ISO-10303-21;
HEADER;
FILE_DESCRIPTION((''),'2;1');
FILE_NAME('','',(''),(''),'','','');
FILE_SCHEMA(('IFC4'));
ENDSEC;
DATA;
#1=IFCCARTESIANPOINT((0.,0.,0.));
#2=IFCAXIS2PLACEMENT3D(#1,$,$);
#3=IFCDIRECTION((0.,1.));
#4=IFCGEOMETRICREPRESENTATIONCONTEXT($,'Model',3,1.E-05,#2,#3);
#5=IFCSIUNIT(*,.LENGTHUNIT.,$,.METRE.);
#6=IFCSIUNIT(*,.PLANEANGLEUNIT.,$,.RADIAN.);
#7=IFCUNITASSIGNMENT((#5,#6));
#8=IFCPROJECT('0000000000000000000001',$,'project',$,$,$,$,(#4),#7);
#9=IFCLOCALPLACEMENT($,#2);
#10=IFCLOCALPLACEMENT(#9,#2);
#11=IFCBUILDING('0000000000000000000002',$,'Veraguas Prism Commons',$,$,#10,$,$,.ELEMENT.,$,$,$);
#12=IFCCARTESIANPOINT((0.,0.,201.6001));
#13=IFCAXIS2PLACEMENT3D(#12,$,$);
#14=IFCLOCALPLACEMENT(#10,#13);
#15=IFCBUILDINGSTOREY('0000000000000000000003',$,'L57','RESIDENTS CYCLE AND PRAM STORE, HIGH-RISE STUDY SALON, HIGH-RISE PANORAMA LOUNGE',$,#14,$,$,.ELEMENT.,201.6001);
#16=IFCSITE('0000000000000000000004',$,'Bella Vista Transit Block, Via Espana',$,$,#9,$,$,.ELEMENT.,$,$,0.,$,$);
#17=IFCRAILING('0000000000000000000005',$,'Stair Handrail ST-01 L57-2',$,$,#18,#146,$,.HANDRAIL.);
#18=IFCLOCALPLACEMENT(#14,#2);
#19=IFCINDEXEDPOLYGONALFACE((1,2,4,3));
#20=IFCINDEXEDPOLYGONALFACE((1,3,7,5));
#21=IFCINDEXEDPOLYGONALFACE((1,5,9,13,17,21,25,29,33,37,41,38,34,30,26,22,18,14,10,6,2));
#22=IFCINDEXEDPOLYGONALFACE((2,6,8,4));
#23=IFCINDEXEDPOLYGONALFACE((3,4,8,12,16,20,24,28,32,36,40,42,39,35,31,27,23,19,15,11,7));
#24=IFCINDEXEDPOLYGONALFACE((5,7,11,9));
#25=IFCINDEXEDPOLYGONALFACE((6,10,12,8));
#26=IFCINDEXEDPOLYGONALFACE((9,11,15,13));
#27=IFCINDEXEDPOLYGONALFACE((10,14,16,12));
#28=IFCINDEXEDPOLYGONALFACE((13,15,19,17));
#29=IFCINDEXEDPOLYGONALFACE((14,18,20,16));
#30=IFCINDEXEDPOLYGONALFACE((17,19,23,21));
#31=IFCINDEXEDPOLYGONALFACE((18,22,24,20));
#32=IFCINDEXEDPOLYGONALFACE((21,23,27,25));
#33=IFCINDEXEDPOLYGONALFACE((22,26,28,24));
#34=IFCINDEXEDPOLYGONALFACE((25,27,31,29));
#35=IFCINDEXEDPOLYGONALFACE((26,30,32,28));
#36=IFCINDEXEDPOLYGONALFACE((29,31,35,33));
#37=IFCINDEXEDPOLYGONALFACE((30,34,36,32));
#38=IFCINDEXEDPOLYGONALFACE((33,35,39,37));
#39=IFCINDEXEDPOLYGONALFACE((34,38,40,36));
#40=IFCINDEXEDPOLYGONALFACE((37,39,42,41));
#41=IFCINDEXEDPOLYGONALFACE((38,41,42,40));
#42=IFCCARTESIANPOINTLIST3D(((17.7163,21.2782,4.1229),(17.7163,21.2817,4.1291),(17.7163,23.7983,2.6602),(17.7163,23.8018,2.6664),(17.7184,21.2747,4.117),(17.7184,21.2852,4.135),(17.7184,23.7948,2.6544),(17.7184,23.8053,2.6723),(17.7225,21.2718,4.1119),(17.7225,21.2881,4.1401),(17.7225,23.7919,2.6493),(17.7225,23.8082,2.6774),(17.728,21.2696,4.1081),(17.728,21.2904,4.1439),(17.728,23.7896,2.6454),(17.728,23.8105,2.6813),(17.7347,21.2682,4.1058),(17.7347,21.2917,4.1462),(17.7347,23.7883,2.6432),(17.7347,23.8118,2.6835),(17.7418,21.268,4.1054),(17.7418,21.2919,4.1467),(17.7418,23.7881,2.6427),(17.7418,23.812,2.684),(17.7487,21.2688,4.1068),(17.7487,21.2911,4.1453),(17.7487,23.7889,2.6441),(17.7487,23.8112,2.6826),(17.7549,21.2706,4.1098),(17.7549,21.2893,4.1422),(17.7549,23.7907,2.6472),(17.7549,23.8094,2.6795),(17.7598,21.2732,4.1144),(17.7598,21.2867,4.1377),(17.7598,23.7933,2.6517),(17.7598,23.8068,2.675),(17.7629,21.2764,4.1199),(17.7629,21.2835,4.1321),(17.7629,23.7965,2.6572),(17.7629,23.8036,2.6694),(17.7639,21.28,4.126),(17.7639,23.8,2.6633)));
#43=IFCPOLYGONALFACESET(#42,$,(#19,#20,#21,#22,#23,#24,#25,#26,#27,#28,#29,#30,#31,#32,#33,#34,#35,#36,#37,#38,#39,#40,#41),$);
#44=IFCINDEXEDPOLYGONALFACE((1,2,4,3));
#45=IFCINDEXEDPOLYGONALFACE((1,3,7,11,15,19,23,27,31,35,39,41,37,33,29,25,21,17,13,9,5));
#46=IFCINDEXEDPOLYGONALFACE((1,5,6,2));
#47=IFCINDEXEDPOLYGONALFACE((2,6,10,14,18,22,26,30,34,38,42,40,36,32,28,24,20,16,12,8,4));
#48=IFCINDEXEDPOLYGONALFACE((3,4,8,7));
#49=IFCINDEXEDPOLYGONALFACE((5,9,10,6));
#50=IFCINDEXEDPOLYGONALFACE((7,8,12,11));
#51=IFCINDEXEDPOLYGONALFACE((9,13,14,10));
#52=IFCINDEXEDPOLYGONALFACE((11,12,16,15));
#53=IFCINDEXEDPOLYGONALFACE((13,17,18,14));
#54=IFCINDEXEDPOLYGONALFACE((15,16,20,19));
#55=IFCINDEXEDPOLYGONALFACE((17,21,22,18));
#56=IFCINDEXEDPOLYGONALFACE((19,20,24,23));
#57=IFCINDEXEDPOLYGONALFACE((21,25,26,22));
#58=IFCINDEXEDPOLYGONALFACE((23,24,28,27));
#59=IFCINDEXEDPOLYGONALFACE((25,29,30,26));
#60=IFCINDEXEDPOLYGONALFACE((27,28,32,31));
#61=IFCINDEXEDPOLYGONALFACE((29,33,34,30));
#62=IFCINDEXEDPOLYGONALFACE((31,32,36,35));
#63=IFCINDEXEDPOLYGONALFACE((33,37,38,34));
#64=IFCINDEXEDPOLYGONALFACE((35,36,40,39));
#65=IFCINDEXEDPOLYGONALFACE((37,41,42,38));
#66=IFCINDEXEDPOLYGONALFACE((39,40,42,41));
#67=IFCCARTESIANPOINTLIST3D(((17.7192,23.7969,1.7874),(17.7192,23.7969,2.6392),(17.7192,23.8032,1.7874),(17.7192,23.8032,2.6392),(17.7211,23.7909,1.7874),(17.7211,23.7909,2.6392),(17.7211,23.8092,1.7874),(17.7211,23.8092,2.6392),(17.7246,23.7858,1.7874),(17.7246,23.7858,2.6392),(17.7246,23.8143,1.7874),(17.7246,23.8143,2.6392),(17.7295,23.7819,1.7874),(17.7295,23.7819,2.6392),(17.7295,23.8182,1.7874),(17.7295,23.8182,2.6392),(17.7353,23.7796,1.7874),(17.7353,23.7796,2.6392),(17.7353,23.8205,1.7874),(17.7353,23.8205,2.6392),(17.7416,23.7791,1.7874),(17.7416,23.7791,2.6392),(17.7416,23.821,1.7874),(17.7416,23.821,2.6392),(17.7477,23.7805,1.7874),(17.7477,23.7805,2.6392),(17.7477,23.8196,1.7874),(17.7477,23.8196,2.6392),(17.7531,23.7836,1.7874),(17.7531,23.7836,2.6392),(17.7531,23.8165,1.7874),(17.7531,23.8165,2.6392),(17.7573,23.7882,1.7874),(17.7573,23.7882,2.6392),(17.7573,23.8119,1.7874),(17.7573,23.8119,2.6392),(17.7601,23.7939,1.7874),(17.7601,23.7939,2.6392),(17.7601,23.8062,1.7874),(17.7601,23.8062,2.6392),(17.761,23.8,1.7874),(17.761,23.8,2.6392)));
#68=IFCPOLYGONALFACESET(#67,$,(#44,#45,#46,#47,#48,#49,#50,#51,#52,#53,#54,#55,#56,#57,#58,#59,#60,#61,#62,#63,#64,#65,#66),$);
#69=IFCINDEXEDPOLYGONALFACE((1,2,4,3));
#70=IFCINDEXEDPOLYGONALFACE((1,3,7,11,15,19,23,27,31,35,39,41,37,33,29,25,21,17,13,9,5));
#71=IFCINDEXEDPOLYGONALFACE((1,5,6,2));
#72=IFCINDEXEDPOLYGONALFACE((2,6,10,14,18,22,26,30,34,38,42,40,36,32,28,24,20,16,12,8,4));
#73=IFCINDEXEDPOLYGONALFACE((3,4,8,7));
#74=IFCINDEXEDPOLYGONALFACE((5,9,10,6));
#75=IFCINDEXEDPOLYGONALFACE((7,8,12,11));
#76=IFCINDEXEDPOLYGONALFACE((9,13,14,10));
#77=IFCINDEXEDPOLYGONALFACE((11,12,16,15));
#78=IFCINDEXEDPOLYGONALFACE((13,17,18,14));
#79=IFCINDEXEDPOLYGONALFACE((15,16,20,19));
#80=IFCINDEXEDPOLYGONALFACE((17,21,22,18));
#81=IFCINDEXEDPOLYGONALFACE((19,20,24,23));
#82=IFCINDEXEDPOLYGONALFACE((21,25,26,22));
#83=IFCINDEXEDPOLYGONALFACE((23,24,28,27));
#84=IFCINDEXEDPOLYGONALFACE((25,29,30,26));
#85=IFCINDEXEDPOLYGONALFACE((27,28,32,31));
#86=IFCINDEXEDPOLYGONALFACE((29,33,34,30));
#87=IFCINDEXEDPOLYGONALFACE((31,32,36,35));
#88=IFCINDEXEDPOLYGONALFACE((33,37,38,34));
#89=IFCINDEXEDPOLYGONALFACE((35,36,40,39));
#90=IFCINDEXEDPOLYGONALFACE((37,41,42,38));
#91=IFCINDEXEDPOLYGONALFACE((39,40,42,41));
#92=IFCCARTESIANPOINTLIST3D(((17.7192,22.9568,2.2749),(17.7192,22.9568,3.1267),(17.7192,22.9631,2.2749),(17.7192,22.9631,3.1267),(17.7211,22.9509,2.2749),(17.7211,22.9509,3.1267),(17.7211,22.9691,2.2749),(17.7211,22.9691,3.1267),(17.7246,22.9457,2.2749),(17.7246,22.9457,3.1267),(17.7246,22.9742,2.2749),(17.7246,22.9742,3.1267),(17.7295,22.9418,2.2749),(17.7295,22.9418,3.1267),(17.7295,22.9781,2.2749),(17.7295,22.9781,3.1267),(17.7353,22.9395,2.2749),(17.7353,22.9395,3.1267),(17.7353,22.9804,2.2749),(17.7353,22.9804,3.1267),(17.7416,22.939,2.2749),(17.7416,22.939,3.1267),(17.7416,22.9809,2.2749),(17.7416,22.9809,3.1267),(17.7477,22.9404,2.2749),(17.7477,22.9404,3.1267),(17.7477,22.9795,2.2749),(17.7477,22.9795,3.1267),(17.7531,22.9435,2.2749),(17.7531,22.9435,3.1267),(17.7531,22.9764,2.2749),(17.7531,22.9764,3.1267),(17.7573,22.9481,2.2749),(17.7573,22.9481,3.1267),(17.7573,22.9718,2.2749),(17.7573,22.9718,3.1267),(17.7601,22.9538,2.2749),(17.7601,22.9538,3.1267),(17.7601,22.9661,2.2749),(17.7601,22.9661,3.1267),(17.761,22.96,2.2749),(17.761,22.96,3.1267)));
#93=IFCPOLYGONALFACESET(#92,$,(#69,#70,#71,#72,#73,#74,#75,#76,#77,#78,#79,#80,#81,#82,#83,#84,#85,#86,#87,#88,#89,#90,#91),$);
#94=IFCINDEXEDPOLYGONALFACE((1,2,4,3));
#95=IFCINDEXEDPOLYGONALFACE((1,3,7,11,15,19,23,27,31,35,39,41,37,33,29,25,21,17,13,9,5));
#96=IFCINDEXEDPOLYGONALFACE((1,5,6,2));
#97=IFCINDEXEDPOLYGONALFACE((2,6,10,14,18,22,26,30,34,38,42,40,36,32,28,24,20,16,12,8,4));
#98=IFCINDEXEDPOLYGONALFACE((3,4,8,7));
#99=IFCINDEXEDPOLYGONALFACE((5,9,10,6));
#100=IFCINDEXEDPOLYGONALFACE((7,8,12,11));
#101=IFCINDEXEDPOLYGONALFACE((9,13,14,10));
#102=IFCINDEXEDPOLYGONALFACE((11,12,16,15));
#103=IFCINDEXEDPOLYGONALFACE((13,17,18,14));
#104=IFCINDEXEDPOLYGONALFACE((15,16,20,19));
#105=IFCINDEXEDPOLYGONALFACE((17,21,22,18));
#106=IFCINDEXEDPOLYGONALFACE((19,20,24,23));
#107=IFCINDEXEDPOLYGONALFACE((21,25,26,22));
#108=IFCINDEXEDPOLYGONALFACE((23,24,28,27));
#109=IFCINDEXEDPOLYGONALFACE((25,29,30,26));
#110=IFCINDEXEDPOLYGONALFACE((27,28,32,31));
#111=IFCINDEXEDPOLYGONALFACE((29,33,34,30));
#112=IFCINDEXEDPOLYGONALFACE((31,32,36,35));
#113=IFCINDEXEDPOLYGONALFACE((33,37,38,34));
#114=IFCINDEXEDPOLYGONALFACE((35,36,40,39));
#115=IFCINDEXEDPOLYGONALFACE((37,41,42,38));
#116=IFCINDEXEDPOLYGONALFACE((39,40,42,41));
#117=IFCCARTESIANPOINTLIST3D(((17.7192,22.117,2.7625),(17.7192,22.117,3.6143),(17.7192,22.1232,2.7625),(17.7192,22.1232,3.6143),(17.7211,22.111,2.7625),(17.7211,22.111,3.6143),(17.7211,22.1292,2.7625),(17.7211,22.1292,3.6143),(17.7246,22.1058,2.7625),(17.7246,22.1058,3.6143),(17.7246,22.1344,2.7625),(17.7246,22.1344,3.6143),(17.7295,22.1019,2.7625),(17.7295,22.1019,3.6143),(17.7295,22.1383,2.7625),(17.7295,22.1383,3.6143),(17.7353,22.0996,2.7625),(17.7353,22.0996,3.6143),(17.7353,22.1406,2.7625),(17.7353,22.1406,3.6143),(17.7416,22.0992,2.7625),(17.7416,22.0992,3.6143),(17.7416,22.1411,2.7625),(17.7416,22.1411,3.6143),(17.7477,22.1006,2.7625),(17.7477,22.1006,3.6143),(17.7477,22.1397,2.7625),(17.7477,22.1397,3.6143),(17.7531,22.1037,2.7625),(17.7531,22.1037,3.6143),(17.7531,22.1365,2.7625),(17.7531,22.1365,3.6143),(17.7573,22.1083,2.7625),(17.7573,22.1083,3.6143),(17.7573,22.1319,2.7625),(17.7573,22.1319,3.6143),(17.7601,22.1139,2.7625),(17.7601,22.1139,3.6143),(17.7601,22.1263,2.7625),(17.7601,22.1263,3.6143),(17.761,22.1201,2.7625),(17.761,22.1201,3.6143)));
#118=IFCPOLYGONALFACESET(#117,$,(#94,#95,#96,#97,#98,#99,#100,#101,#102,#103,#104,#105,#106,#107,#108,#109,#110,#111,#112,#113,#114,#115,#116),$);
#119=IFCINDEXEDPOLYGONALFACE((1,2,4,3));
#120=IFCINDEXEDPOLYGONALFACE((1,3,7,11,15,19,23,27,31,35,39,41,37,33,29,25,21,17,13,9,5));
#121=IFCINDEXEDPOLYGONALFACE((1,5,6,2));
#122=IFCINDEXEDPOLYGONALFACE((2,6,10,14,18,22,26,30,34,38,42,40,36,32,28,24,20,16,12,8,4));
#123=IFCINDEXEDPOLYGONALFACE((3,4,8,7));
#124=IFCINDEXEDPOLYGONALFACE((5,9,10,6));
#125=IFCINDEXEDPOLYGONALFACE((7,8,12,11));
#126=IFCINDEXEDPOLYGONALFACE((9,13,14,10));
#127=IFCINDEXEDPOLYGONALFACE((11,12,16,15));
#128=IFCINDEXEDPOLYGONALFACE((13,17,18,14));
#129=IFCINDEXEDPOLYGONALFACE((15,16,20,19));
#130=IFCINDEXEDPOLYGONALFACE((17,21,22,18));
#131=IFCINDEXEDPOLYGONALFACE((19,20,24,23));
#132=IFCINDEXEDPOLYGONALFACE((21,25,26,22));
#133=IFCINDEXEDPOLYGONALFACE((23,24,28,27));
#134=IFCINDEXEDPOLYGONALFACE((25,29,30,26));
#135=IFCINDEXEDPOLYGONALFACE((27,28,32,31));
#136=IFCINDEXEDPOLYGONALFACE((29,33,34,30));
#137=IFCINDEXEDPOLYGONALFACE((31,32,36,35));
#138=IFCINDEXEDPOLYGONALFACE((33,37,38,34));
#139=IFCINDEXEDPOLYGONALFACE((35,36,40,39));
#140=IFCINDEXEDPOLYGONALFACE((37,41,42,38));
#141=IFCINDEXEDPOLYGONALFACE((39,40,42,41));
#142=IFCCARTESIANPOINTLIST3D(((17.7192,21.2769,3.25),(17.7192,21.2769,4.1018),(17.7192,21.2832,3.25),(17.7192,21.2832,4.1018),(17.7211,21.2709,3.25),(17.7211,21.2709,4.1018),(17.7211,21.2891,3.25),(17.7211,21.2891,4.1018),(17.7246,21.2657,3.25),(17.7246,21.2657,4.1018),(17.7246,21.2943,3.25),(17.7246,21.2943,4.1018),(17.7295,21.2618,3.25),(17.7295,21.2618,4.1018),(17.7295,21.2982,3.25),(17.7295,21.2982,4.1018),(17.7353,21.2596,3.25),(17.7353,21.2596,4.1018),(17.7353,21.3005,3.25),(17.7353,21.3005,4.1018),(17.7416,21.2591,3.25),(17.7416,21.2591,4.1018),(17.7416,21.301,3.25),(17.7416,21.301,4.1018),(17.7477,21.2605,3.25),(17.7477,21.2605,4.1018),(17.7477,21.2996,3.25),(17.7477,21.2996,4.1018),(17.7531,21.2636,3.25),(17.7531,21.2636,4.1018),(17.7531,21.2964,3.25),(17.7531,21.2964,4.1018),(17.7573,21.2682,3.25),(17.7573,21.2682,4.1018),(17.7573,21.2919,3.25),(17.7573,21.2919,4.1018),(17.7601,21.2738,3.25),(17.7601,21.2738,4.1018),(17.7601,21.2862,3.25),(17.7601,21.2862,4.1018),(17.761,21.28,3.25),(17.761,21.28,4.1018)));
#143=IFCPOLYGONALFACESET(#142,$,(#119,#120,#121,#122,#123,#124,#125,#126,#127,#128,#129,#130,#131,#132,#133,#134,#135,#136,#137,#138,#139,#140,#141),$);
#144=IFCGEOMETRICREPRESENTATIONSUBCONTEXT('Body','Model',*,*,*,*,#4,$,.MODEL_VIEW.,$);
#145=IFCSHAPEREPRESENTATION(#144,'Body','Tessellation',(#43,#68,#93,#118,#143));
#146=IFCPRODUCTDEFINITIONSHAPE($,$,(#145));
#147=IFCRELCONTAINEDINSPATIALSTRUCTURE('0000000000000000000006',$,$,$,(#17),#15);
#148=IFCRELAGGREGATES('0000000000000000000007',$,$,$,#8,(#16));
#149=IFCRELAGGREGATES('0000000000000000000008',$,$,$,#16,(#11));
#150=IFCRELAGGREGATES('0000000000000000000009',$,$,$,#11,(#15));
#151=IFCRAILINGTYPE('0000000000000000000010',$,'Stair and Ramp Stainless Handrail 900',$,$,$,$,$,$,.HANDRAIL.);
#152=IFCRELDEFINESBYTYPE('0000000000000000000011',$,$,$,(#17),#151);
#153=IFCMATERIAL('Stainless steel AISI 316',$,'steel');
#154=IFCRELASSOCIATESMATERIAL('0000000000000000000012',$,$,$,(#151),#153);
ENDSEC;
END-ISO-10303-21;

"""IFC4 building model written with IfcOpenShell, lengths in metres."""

from ifc_helpers import new_model, si_unit, direction, frame, origin, origin_2d, place, context, subcontext, project, spatial, circle, extrude, material, type_object, element, save


model = new_model("IFC4")

# Units and contexts
model_context = context("Model", 3, precision=1e-05, world=origin(), true_north=direction((0.0, 1.0)))
body_context = subcontext(model_context, "Body", "Model", "MODEL_VIEW")
ifc_project = project(units=[si_unit("LENGTHUNIT", "METRE"), si_unit("PLANEANGLEUNIT", "RADIAN")], contexts=[model_context])

# Site, building, storey
site_placement = place(None, origin())
site = spatial("IfcSite", under=ifc_project, at=site_placement, Name="Bella Vista Transit Block, Via Espana", CompositionType="ELEMENT", RefElevation=0.0)
building_placement = place(site_placement, origin())
building = spatial("IfcBuilding", under=site, at=building_placement, Name="Veraguas Prism Commons", CompositionType="ELEMENT")
storey_placement = place(building_placement, frame((0.0, 0.0, 201.6001)))
storey = spatial("IfcBuildingStorey", under=building, at=storey_placement, Name="L57", Description="RESIDENTS CYCLE AND PRAM STORE, HIGH-RISE STUDY SALON, HIGH-RISE PANORAMA LOUNGE", CompositionType="ELEMENT", Elevation=201.6001)

# Railing
ifc_material_1 = material(Name="Stainless steel AISI 316", Category="steel")
railing_type_1 = type_object("IfcRailingType", Name="Stair and Ramp Stainless Handrail 900", PredefinedType="HANDRAIL", material=ifc_material_1)
railing_1_placement = place(storey_placement, frame((17.74, 23.8, 1.7874)))
element("IfcRailing", 1, at=railing_1_placement, inside=storey, type_object=railing_type_1, Name="Stair Handrail ST-01 L57-2", PredefinedType="HANDRAIL", context=body_context, shape_type="SweptSolid", body=[
    extrude(circle(Radius=0.0239, at=origin_2d()), frame((0.0, 0.0, 0.876), z_axis=(0.0, -0.864877, 0.501984), x_axis=(1.0, 0.0, 0.0)), (0.0, 0.0, 1.0), 2.9138),
    extrude(circle(Radius=0.021, at=origin_2d()), origin(), (0.0, 0.0, 1.0), 0.8518),
    extrude(circle(Radius=0.021, at=origin_2d()), frame((0.0, -0.8401, 0.4875)), (0.0, 0.0, 1.0), 0.8518),
    extrude(circle(Radius=0.021, at=origin_2d()), frame((0.0, -1.6799, 0.9751)), (0.0, 0.0, 1.0), 0.8518),
    extrude(circle(Radius=0.021, at=origin_2d()), frame((0.0, -2.52, 1.4626)), (0.0, 0.0, 1.0), 0.8518),
])

save(model, "model.ifc")
